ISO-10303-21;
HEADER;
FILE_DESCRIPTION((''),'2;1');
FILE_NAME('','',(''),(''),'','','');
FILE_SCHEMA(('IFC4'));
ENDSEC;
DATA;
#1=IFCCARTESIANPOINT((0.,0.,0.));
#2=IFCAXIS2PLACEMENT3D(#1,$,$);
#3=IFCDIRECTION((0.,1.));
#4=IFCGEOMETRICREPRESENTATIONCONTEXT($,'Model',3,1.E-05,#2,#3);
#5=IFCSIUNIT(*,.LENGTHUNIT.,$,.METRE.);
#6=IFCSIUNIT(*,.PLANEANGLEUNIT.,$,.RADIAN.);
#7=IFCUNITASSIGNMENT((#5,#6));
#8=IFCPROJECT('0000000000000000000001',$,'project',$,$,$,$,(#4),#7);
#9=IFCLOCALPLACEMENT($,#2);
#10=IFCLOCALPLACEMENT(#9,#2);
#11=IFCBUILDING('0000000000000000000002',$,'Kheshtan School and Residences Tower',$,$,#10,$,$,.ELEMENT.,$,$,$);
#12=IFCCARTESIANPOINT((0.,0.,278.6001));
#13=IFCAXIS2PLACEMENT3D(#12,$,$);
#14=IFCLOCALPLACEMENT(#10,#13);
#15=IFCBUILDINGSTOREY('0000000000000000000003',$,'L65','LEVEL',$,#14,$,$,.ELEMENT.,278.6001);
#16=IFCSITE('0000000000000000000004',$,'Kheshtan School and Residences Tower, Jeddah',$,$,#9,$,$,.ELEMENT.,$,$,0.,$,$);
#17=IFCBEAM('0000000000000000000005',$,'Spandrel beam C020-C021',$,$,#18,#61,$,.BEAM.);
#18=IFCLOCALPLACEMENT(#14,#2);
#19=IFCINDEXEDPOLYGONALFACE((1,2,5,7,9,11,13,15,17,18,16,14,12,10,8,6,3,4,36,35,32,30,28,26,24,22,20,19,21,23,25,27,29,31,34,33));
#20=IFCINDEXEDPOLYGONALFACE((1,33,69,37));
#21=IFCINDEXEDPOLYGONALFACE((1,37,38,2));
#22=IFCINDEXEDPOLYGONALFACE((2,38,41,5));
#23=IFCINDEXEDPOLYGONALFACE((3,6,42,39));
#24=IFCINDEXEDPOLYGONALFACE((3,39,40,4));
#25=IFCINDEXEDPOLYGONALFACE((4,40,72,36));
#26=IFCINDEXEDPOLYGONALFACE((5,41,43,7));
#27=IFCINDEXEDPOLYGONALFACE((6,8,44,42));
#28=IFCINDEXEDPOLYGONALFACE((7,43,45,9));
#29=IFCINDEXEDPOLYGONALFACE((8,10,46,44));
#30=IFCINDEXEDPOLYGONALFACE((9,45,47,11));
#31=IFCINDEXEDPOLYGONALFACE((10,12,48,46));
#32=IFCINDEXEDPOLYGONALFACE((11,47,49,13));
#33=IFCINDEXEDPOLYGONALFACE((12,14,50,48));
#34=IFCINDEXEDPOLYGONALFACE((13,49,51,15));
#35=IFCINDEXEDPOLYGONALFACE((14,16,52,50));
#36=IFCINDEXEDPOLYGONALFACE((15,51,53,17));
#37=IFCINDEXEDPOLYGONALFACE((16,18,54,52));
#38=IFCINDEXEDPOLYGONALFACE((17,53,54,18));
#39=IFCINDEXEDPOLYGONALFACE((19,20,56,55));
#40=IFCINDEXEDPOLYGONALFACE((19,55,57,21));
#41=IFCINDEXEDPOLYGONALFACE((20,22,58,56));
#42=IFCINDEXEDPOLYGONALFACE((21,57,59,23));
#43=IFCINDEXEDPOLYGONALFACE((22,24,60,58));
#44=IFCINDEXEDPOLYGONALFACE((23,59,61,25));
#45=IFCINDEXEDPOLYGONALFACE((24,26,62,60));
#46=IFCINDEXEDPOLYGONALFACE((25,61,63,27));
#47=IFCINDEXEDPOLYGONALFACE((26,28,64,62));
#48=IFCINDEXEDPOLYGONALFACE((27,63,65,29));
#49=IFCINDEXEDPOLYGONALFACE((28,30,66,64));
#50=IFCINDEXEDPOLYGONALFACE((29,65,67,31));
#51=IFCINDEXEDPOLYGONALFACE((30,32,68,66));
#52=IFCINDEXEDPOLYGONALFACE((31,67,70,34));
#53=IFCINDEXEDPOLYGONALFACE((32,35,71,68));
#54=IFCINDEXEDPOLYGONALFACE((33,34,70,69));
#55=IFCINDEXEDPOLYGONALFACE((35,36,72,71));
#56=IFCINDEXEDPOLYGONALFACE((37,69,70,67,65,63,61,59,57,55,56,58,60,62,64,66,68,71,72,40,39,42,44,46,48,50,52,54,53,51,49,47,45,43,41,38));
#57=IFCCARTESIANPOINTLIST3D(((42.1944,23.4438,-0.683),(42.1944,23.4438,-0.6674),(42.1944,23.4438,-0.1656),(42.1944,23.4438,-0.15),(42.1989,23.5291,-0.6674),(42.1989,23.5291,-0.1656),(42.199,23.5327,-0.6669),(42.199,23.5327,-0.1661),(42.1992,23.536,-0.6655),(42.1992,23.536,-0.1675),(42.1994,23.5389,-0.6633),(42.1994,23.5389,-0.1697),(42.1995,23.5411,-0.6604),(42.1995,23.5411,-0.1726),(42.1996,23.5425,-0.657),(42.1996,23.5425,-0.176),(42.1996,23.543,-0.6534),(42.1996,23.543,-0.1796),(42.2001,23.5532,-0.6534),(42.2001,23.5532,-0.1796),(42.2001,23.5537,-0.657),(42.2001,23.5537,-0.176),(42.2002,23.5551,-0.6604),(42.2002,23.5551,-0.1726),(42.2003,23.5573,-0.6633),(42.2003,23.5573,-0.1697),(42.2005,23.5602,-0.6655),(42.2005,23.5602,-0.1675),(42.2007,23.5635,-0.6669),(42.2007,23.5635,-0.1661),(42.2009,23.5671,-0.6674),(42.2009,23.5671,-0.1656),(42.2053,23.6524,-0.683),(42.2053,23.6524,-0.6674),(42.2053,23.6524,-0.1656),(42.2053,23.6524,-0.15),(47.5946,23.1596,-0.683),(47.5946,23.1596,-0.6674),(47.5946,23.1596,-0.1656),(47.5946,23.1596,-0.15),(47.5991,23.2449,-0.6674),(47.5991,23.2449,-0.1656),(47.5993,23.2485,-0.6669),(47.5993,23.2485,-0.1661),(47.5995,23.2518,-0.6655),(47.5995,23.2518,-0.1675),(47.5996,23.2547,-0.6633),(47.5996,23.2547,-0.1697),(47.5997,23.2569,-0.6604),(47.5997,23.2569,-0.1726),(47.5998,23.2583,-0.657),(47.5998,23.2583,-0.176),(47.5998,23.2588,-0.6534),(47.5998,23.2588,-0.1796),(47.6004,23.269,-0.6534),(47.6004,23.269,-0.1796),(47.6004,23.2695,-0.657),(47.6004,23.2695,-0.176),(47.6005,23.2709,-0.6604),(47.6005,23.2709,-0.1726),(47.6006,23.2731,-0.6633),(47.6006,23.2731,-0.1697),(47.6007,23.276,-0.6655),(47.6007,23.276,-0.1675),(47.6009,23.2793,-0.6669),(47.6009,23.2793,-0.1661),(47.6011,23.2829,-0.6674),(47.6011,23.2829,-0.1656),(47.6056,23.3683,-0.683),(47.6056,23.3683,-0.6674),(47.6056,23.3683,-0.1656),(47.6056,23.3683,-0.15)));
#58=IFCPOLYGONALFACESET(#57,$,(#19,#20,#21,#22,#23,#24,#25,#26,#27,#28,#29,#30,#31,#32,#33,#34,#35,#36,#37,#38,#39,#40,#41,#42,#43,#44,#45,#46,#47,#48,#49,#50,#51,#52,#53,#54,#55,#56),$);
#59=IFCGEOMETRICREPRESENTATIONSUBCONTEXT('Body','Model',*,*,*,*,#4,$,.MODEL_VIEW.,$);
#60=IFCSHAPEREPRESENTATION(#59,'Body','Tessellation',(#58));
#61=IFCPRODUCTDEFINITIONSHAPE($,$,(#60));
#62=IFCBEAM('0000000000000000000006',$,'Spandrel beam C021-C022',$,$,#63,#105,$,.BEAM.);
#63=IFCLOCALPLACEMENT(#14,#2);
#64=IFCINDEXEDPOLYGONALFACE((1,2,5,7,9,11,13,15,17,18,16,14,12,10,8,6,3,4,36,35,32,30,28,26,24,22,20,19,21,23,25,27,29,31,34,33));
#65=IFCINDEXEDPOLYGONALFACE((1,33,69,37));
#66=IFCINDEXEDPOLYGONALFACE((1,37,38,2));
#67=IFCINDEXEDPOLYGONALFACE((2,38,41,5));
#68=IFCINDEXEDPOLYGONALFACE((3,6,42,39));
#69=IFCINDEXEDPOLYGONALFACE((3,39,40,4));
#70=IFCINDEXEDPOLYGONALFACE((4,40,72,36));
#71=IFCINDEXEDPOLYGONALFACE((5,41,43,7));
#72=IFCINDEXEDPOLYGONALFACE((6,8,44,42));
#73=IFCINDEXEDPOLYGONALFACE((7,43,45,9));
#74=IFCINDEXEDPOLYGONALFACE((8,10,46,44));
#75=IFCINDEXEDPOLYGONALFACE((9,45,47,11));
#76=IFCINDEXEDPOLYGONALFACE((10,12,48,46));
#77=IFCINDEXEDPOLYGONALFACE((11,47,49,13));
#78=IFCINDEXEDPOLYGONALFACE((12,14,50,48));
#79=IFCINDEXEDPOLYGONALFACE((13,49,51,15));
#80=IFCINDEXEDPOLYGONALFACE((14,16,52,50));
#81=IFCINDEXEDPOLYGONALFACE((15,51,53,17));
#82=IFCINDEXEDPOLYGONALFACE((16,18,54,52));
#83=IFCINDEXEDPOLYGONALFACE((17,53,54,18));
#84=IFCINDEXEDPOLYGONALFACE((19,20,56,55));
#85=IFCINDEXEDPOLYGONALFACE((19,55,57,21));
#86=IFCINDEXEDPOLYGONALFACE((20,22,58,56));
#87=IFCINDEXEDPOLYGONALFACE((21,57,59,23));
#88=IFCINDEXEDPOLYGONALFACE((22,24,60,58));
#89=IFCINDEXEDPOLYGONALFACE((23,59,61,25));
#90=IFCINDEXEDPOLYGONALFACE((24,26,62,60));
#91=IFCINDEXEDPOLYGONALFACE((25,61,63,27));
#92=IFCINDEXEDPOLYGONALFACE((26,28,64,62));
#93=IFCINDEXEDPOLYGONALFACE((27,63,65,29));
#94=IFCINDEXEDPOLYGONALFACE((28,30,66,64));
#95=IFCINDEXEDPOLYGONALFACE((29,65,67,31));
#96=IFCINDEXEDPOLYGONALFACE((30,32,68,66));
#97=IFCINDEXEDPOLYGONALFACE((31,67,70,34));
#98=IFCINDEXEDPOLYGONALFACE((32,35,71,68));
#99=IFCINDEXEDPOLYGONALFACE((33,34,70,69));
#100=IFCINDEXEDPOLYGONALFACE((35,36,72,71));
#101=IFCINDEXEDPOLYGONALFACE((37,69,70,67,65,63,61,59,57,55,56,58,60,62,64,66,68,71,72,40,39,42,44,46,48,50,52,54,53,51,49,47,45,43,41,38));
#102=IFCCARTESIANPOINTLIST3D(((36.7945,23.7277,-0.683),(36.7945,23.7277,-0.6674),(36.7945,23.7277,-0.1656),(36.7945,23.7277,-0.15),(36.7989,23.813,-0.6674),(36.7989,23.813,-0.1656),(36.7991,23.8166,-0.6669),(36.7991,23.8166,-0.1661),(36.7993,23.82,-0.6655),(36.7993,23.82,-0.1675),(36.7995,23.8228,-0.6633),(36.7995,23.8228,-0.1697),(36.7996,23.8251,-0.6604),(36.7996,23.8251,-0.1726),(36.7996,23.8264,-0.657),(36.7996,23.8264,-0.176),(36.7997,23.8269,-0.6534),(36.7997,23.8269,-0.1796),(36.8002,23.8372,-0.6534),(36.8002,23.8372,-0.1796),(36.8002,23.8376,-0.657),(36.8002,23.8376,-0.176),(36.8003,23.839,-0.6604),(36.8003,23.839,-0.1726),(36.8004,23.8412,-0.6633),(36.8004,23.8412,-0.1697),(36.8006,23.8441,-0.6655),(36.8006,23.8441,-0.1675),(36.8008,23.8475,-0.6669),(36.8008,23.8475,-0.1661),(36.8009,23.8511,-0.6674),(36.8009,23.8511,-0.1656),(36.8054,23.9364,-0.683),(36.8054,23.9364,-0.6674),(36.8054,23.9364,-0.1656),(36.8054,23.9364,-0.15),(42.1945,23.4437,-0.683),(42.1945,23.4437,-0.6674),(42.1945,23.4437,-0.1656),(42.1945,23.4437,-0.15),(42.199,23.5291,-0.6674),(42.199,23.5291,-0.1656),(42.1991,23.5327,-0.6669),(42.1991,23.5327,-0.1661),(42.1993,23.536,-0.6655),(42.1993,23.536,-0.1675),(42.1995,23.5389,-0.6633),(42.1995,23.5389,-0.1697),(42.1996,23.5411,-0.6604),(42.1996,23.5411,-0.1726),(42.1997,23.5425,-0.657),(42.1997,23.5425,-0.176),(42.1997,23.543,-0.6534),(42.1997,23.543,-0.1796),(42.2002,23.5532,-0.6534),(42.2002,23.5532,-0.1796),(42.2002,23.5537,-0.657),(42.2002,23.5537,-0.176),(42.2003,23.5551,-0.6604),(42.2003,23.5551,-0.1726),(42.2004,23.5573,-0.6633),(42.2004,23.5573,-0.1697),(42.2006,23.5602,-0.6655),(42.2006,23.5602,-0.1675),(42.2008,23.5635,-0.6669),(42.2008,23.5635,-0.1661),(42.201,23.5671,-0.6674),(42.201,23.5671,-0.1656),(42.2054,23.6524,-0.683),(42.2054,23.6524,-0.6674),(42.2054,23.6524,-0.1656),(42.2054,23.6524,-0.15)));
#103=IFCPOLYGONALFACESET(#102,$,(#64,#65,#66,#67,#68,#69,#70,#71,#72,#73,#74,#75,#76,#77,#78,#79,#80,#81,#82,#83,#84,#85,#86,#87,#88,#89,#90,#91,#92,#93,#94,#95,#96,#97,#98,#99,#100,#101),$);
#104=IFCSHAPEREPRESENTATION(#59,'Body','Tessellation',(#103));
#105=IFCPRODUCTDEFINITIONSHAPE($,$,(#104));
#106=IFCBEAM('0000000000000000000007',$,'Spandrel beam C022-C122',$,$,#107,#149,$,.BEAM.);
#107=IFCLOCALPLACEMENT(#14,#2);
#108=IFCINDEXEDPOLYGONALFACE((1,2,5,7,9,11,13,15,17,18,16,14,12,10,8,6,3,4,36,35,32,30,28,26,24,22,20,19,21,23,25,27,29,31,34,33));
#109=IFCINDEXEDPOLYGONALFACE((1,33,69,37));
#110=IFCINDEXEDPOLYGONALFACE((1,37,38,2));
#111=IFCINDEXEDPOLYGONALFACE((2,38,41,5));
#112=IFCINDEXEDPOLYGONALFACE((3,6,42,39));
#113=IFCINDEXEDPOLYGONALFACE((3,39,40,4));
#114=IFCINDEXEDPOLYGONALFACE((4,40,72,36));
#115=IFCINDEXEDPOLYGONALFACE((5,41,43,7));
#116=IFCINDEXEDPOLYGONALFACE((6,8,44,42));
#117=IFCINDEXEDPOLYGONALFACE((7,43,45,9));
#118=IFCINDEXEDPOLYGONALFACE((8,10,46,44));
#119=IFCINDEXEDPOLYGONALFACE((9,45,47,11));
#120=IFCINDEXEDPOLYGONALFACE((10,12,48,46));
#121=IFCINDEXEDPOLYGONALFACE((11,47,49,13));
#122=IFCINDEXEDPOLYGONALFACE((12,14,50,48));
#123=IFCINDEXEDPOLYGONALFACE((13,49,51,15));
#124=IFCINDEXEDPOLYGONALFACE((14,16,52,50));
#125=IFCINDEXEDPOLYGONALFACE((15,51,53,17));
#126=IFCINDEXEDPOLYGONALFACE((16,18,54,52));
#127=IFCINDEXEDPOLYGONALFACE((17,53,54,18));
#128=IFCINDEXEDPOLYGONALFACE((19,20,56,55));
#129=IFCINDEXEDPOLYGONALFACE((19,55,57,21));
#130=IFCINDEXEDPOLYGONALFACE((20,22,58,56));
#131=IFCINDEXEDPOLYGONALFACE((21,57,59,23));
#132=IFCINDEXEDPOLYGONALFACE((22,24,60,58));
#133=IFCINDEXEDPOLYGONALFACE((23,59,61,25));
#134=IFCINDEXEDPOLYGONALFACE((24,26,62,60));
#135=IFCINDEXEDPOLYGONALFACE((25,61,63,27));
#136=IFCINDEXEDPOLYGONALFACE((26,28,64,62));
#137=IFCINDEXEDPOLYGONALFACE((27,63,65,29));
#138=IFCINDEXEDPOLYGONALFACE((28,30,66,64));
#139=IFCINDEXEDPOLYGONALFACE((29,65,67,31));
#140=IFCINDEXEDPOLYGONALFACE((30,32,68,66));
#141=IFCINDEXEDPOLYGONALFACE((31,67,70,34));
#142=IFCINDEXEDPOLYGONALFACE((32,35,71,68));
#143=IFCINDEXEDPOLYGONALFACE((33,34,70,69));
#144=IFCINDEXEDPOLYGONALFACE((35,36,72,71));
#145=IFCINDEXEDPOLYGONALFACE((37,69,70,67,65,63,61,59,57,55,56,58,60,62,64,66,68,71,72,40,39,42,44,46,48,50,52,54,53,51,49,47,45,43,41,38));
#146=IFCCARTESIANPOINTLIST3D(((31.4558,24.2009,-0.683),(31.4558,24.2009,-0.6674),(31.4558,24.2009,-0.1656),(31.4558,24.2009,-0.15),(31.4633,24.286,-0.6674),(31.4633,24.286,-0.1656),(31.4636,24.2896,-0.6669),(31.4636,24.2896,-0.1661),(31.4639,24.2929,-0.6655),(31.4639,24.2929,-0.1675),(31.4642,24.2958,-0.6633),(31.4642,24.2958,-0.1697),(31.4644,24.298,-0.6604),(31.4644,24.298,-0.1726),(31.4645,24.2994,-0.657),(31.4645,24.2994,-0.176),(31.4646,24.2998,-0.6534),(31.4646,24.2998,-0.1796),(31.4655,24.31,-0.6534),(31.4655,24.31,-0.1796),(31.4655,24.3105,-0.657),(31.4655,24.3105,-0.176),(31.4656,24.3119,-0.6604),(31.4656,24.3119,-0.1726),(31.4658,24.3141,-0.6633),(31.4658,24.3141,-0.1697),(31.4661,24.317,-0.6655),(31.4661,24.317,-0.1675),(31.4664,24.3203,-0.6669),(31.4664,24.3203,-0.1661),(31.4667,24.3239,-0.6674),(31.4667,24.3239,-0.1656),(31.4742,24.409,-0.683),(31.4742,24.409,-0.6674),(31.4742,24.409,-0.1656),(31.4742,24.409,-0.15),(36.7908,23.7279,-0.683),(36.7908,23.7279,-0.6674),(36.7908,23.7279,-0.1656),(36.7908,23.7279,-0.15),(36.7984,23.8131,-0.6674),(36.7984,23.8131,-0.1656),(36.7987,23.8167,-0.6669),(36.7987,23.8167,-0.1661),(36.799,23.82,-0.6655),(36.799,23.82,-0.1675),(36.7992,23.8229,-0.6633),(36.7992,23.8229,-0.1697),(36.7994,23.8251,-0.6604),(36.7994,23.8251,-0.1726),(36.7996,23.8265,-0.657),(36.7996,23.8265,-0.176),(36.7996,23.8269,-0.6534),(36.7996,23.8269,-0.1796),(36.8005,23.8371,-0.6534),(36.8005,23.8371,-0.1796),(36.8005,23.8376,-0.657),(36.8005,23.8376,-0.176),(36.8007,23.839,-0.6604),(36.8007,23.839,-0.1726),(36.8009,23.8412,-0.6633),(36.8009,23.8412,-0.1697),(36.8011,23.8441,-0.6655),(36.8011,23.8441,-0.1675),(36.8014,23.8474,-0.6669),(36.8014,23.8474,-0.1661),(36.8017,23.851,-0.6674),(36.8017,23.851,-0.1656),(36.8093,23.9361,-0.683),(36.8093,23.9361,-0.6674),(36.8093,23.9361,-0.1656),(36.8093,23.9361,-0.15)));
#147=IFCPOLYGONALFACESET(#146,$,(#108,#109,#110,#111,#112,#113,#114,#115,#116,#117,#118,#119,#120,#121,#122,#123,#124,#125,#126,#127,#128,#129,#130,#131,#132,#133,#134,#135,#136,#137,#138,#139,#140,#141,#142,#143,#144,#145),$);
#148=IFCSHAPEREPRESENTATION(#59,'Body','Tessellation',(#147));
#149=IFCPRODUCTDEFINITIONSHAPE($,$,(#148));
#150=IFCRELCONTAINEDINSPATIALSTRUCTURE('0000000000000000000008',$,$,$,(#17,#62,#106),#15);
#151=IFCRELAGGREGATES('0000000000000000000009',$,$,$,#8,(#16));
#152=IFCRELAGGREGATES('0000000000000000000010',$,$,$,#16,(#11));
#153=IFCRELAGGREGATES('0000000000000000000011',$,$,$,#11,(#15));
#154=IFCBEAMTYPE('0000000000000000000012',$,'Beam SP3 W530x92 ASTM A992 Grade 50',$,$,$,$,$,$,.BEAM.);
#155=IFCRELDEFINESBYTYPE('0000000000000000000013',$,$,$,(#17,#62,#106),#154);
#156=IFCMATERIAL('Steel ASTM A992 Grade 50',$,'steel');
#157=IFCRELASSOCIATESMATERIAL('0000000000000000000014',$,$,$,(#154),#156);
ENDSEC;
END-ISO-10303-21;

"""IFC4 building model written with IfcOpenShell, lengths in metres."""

from ifc_helpers import new_model, si_unit, direction, frame, origin, origin_2d, place, context, subcontext, project, spatial, i_section, extrude, material, material_profile, profile_set, type_object, element, save


model = new_model("IFC4")

# Units and contexts
model_context = context("Model", 3, precision=1e-05, world=origin(), true_north=direction((0.0, 1.0)))
body_context = subcontext(model_context, "Body", "Model", "MODEL_VIEW")
ifc_project = project(units=[si_unit("LENGTHUNIT", "METRE"), si_unit("PLANEANGLEUNIT", "RADIAN")], contexts=[model_context])

# Site, building, storey
site_placement = place(None, origin())
site = spatial("IfcSite", under=ifc_project, at=site_placement, Name="Kheshtan School and Residences Tower, Jeddah", CompositionType="ELEMENT", RefElevation=0.0)
building_placement = place(site_placement, origin())
building = spatial("IfcBuilding", under=site, at=building_placement, Name="Kheshtan School and Residences Tower", CompositionType="ELEMENT")
storey_placement = place(building_placement, frame((0.0, 0.0, 278.6001)))
storey = spatial("IfcBuildingStorey", under=building, at=storey_placement, Name="L65", Description="LEVEL", CompositionType="ELEMENT", Elevation=278.6001)

# Shared definitions
ifc_material_1 = material(Name="Steel ASTM A992 Grade 50", Category="steel")

# Beams
ifc_material_profile_1 = material_profile(ifc_material_1, i_section(OverallWidth=0.209, OverallDepth=0.533, WebThickness=0.0103, FlangeThickness=0.0156, FilletRadius=0.0139, at=origin_2d()), Name="W530x92")
ifc_profile_set_1 = profile_set([ifc_material_profile_1], Name="Steel ASTM A992 Grade 50")
beam_type_1 = type_object("IfcBeamType", Name="Beam SP3 W530x92 ASTM A992 Grade 50", PredefinedType="BEAM", material=ifc_profile_set_1)
beam_1_placement = place(storey_placement, frame((47.6001, 23.2639, -0.4165), z_axis=(-0.998618, 0.052552, 0.0), x_axis=(-0.052552, -0.998618, 0.0)))
element("IfcBeam", 1, at=beam_1_placement, inside=storey, type_object=beam_type_1, Name="Spandrel beam C020-C021", PredefinedType="BEAM", context=body_context, shape_type="SweptSolid", body=[
    extrude(i_section(OverallWidth=0.209, OverallDepth=0.533, WebThickness=0.0103, FlangeThickness=0.0156, FilletRadius=0.0139, at=origin_2d()), origin(), (0.0, 0.0, 1.0), 5.4077),
])
beam_2_placement = place(storey_placement, frame((42.2, 23.5481, -0.4165), z_axis=(-0.99862, 0.052509, 0.0), x_axis=(-0.052509, -0.99862, 0.0)))
element("IfcBeam", 2, at=beam_2_placement, inside=storey, type_object=beam_type_1, Name="Spandrel beam C021-C022", PredefinedType="BEAM", context=body_context, shape_type="SweptSolid", body=[
    extrude(i_section(OverallWidth=0.209, OverallDepth=0.533, WebThickness=0.0103, FlangeThickness=0.0156, FilletRadius=0.0139, at=origin_2d()), origin(), (0.0, 0.0, 1.0), 5.4075),
])
beam_3_placement = place(storey_placement, frame((36.8, 23.832, -0.4165), z_axis=(-0.996094, 0.088296, 0.0), x_axis=(-0.088296, -0.996094, 0.0)))
element("IfcBeam", 3, at=beam_3_placement, inside=storey, type_object=beam_type_1, Name="Spandrel beam C022-C122", PredefinedType="BEAM", context=body_context, shape_type="SweptSolid", body=[
    extrude(i_section(OverallWidth=0.209, OverallDepth=0.533, WebThickness=0.0103, FlangeThickness=0.0156, FilletRadius=0.0139, at=origin_2d()), origin(), (0.0, 0.0, 1.0), 5.356),
])

save(model, "model.ifc")
